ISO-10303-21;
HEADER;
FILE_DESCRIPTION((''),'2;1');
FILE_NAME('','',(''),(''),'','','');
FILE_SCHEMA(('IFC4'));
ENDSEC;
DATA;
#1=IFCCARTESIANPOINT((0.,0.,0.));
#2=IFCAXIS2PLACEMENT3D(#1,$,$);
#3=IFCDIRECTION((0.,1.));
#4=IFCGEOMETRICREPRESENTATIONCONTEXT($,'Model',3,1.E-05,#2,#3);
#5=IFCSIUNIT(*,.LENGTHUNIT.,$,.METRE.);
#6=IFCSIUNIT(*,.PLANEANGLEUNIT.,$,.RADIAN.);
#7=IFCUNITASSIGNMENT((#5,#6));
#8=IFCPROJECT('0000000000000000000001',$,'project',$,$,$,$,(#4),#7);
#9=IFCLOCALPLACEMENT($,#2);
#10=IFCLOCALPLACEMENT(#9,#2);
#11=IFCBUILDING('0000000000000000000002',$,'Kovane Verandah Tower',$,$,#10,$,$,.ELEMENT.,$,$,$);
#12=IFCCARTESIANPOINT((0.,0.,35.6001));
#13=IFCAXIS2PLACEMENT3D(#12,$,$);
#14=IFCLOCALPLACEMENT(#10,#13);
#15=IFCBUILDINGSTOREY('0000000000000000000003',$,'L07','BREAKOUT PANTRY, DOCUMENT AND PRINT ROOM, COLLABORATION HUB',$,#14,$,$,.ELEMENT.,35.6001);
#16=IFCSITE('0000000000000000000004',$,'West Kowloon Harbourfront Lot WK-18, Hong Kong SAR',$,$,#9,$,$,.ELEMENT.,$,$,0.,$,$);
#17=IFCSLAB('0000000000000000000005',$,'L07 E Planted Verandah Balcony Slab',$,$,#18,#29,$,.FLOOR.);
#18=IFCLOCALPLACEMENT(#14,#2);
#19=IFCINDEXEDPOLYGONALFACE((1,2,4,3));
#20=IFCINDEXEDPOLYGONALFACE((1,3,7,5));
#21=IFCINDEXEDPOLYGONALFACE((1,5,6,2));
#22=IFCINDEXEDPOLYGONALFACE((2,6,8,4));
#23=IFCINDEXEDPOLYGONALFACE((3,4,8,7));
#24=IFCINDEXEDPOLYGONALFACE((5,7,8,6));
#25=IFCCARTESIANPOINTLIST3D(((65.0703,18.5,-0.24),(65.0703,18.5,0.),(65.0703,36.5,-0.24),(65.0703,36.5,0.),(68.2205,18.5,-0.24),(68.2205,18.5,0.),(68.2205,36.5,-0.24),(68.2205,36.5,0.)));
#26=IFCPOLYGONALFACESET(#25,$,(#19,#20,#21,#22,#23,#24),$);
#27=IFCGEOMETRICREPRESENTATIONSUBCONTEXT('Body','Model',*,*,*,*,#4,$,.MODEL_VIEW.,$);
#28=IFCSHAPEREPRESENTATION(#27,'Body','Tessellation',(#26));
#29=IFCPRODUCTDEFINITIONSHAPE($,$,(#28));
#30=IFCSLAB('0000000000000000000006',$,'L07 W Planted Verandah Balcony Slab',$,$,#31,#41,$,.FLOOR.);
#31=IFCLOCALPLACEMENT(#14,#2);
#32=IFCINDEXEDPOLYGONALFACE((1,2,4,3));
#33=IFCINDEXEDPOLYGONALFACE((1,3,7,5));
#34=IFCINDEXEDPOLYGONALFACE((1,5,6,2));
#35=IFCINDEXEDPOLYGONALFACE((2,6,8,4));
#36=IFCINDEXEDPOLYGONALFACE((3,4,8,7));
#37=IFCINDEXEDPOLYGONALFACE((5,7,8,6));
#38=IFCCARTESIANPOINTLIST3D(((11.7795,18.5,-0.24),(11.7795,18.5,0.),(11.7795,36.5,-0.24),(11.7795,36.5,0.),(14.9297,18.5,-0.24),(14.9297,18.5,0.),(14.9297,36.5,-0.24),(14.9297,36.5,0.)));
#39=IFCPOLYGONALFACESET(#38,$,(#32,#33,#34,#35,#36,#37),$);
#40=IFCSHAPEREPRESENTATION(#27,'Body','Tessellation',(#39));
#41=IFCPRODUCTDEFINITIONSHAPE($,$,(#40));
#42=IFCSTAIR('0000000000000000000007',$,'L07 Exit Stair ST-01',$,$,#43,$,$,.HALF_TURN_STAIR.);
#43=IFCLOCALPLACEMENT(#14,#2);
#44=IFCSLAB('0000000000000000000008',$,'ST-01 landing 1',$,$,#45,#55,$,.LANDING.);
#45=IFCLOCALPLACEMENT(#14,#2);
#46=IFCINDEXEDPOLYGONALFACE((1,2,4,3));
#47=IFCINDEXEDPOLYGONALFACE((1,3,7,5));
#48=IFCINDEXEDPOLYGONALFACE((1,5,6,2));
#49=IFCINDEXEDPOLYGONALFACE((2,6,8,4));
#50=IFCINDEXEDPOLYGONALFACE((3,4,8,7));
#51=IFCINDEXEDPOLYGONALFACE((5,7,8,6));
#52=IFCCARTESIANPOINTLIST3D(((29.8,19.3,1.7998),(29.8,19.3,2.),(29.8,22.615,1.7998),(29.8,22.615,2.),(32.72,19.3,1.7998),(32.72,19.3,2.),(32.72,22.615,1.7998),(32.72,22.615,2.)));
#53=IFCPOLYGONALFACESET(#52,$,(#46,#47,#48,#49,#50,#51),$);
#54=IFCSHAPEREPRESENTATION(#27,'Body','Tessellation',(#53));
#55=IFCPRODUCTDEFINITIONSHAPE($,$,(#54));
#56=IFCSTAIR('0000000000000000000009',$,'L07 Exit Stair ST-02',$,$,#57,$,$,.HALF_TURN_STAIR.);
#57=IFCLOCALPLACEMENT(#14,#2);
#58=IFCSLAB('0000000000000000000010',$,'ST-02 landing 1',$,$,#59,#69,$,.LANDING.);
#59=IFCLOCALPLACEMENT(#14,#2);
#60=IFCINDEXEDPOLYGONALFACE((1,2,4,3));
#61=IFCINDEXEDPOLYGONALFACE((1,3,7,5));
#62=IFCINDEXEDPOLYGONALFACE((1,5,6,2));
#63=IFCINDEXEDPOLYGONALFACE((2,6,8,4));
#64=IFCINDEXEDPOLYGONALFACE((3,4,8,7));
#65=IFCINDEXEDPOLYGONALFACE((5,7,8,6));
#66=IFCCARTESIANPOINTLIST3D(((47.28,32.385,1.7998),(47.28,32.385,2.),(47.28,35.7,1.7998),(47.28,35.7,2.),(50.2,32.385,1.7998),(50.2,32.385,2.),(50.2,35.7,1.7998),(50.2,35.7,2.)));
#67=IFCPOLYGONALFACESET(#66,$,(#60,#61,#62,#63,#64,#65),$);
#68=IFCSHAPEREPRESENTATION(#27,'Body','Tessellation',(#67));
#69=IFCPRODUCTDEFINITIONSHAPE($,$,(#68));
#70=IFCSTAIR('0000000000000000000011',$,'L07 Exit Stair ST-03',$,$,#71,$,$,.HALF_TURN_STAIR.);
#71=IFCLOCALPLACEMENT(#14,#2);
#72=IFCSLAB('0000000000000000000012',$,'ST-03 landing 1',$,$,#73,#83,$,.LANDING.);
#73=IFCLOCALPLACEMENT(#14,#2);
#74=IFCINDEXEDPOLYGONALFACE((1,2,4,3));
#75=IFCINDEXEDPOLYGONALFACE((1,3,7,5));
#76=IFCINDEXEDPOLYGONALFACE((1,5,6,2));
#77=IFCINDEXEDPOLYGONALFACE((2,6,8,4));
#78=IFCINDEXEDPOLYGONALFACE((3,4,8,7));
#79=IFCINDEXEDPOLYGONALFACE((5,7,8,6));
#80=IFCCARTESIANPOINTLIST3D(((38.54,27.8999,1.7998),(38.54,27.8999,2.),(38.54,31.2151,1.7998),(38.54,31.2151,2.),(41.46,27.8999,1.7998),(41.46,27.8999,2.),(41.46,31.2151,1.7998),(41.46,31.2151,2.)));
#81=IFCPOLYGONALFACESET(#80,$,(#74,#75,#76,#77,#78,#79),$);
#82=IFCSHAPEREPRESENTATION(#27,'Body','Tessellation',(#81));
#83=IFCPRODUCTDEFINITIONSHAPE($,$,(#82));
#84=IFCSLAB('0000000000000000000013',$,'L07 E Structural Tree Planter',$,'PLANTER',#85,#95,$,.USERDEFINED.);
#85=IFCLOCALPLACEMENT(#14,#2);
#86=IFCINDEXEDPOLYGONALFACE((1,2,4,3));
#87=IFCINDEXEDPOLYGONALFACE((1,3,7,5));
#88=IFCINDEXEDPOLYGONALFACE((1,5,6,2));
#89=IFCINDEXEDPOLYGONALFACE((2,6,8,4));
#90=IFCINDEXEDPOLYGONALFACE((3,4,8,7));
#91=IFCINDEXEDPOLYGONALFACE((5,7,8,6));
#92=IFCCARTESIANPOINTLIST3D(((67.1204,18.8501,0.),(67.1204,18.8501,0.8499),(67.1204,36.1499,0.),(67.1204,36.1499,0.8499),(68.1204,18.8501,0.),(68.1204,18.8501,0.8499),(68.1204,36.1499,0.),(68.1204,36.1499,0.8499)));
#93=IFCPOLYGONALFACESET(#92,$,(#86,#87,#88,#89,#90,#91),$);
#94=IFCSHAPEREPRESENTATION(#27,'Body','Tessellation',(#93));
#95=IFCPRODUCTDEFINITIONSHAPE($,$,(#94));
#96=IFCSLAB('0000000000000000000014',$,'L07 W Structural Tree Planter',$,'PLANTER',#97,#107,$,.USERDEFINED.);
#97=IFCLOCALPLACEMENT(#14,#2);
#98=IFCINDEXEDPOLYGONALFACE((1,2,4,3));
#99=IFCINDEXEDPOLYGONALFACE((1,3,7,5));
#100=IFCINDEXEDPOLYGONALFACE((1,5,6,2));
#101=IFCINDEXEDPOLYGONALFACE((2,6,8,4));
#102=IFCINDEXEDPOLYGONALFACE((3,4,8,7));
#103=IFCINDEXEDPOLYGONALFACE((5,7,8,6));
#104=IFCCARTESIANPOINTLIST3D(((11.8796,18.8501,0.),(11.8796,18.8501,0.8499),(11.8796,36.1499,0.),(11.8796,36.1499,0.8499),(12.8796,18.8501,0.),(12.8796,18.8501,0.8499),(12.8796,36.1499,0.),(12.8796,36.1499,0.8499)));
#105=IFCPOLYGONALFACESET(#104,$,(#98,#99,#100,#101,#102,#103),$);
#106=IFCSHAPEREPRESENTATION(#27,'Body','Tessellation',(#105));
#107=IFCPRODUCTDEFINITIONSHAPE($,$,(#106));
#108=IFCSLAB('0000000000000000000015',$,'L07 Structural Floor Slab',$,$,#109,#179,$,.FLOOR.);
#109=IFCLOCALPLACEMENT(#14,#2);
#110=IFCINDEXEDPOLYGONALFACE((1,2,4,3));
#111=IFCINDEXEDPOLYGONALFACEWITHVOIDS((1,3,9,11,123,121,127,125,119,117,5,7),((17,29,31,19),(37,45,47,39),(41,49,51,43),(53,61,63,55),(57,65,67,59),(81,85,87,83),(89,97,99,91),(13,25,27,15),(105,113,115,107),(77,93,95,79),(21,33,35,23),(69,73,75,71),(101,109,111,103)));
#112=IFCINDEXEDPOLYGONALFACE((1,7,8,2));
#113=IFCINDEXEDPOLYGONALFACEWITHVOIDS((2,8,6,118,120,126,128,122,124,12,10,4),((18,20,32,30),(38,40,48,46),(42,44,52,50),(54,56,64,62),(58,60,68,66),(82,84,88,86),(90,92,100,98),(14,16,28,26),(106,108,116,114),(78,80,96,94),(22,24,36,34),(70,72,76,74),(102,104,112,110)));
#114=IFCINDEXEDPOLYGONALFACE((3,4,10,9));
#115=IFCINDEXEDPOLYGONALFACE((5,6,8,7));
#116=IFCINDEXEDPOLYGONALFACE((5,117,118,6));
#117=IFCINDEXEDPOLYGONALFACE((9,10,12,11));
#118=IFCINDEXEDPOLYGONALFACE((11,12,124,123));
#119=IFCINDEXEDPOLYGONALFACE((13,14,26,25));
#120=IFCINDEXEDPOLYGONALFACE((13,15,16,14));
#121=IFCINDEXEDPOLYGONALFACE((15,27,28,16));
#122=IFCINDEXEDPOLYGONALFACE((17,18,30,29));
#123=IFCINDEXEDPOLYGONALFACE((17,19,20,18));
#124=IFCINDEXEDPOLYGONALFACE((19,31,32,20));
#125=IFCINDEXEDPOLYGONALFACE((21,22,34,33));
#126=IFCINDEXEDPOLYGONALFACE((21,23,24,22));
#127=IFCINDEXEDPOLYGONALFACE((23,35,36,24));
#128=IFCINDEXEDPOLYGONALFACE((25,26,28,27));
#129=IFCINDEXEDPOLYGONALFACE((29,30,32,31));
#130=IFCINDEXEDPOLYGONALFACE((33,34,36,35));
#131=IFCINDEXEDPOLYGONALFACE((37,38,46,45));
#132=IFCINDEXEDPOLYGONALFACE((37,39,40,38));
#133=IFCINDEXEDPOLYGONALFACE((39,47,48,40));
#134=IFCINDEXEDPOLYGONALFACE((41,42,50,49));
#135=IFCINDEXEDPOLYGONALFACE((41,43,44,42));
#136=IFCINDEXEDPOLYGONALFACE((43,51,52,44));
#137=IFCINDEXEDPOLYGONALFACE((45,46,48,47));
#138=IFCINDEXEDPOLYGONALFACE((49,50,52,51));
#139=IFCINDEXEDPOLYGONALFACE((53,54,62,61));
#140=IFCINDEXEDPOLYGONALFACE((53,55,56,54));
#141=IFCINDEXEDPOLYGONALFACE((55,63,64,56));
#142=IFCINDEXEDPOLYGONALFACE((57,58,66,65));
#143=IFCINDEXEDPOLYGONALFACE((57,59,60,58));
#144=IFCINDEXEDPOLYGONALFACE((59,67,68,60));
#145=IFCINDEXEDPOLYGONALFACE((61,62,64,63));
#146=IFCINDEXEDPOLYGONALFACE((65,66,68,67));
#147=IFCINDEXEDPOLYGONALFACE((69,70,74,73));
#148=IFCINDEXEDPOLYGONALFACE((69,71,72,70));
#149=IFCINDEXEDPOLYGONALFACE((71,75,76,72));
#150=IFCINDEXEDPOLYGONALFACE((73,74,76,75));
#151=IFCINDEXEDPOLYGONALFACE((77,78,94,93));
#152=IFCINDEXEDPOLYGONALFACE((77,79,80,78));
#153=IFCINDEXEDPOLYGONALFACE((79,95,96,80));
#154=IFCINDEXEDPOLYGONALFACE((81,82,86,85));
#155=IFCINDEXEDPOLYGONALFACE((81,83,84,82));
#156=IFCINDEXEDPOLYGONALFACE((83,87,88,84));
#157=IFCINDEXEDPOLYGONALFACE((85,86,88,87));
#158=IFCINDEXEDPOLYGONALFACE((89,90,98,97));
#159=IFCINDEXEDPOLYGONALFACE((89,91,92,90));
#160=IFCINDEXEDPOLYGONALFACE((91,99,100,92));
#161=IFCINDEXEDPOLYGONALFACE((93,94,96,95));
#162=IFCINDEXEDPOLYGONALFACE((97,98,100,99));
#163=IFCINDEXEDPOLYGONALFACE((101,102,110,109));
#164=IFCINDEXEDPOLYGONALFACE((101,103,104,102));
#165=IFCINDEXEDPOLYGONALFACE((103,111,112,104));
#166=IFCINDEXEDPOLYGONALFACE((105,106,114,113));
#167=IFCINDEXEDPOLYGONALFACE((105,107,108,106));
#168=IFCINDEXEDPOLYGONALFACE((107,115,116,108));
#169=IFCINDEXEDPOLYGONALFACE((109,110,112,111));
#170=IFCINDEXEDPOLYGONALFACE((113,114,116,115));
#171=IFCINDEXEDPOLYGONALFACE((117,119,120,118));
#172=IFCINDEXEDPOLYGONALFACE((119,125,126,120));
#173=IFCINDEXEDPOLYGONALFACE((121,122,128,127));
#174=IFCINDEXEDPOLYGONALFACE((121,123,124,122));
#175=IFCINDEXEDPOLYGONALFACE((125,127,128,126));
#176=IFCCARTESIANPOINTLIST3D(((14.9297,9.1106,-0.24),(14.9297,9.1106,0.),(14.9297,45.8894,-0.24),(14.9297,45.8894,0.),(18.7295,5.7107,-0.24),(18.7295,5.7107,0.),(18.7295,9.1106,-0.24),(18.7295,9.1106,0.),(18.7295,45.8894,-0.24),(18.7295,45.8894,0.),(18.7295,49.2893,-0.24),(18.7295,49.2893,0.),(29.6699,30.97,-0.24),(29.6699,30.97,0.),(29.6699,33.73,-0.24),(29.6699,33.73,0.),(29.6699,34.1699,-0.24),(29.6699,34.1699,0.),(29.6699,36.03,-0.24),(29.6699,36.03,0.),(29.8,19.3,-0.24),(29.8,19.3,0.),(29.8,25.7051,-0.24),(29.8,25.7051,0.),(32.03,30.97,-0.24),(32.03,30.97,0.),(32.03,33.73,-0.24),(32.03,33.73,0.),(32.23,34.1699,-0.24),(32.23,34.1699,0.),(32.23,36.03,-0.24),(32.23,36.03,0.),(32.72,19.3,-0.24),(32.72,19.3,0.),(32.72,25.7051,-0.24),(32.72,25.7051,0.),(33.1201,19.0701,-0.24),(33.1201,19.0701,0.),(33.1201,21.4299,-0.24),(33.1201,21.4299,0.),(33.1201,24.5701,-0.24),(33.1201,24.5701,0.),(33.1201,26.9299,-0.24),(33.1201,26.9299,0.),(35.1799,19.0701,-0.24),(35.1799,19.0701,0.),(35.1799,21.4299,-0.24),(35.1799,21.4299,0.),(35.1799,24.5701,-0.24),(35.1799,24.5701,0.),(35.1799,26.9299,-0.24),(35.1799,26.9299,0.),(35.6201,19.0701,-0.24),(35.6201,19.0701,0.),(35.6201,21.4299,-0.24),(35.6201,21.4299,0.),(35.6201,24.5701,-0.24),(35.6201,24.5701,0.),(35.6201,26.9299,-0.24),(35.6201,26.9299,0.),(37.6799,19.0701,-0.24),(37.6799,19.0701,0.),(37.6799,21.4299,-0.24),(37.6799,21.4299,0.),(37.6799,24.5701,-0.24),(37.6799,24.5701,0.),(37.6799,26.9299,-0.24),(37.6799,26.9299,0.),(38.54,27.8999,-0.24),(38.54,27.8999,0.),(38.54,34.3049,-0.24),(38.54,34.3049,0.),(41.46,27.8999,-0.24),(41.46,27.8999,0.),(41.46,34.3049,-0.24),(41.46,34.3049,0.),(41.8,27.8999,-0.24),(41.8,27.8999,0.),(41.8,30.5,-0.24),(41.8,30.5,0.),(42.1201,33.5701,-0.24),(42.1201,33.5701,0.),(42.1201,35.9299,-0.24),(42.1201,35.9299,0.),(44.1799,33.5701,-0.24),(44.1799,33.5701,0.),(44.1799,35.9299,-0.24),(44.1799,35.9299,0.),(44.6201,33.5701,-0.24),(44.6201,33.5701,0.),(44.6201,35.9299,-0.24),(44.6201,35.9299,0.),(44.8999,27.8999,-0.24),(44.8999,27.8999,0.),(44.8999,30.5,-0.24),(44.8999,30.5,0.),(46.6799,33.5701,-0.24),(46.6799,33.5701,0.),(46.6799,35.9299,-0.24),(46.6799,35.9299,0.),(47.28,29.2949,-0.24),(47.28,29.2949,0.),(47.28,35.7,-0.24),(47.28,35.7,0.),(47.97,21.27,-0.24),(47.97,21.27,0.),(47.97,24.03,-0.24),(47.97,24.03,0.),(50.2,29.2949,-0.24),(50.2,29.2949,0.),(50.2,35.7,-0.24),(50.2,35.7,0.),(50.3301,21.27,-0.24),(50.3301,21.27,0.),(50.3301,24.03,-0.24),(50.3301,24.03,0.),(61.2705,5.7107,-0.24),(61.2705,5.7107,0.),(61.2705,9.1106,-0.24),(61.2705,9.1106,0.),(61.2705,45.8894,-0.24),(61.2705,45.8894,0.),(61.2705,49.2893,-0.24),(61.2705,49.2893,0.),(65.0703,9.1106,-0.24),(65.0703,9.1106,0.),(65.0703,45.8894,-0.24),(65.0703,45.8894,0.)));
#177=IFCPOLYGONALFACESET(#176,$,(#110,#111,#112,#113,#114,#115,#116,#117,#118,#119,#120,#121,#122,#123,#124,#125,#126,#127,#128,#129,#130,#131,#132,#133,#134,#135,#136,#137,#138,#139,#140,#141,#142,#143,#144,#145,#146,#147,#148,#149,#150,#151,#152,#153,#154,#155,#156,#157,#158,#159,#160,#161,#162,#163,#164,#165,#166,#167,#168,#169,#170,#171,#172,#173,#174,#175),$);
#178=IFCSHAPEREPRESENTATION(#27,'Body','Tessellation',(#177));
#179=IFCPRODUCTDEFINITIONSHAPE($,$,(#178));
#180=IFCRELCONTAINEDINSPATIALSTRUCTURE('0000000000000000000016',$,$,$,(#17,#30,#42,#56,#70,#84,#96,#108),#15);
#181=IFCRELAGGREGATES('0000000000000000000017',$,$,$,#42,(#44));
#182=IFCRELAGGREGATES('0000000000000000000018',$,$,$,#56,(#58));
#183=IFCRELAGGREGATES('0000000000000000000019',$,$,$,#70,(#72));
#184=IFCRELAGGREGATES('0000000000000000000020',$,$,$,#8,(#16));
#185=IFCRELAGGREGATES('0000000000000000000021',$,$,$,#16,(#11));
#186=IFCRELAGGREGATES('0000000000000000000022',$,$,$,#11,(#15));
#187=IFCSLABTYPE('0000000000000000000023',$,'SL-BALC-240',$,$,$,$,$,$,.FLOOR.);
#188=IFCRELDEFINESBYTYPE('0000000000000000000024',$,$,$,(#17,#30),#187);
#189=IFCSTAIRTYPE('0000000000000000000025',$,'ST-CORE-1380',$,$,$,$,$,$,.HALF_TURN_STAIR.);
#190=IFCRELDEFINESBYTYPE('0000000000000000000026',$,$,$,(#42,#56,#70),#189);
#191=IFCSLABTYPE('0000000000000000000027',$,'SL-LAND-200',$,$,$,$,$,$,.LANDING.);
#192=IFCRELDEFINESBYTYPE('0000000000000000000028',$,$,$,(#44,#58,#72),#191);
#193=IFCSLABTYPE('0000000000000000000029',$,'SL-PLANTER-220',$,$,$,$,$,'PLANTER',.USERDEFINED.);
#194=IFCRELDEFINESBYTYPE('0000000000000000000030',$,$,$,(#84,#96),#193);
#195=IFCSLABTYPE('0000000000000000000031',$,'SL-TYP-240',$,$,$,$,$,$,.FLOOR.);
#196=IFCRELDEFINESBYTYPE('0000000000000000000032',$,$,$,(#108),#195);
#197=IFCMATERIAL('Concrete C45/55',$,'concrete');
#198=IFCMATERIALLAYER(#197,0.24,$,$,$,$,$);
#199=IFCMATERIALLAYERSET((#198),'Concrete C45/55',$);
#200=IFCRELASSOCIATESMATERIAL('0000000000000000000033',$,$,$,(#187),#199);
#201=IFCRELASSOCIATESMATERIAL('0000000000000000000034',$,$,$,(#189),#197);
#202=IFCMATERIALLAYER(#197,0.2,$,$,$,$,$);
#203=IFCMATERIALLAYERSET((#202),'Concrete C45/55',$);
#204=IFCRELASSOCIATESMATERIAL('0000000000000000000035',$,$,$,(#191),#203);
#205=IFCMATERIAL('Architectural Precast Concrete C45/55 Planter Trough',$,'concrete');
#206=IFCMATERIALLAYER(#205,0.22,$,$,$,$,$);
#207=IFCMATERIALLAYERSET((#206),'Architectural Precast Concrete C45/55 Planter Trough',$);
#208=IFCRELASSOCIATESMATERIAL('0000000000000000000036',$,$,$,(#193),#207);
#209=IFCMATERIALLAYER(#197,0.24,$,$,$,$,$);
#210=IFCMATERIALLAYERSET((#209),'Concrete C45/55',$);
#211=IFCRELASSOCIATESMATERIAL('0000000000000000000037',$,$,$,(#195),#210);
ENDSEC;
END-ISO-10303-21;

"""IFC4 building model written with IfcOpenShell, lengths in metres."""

from ifc_helpers import new_model, si_unit, direction, frame, origin, place, context, subcontext, project, spatial, polyline, outline, extrude, material, layer, layer_set, type_object, element, aggregate, save


model = new_model("IFC4")

# Units and contexts
model_context = context("Model", 3, precision=1e-05, world=origin(), true_north=direction((0.0, 1.0)))
body_context = subcontext(model_context, "Body", "Model", "MODEL_VIEW")
ifc_project = project(units=[si_unit("LENGTHUNIT", "METRE"), si_unit("PLANEANGLEUNIT", "RADIAN")], contexts=[model_context])

# Site, building, storey
site_placement = place(None, origin())
site = spatial("IfcSite", under=ifc_project, at=site_placement, Name="West Kowloon Harbourfront Lot WK-18, Hong Kong SAR", CompositionType="ELEMENT", RefElevation=0.0)
building_placement = place(site_placement, origin())
building = spatial("IfcBuilding", under=site, at=building_placement, Name="Kovane Verandah Tower", CompositionType="ELEMENT")
storey_placement = place(building_placement, frame((0.0, 0.0, 35.6001)))
storey = spatial("IfcBuildingStorey", under=building, at=storey_placement, Name="L07", Description="BREAKOUT PANTRY, DOCUMENT AND PRINT ROOM, COLLABORATION HUB", CompositionType="ELEMENT", Elevation=35.6001)

# Slabs
ifc_material_1 = material(Name="Concrete C45/55", Category="concrete")
ifc_layer_1 = layer(ifc_material_1, 0.24)
ifc_layer_set_1 = layer_set([ifc_layer_1], Name="Concrete C45/55")
slab_type_1 = type_object("IfcSlabType", Name="SL-BALC-240", PredefinedType="FLOOR", material=ifc_layer_set_1)
slab_1_placement = place(storey_placement, frame((0.0, 0.0, -0.24)))
element("IfcSlab", 1, at=slab_1_placement, inside=storey, type_object=slab_type_1, Name="L07 E Planted Verandah Balcony Slab", PredefinedType="FLOOR", context=body_context, shape_type="SweptSolid", body=[
    extrude(outline(polyline([(65.0703, 18.5), (68.2205, 18.5), (68.2205, 36.5), (65.0703, 36.5), (65.0703, 18.5)])), origin(), (0.0, 0.0, 1.0), 0.24),
])
slab_2_placement = place(storey_placement, frame((0.0, 0.0, -0.24)))
element("IfcSlab", 2, at=slab_2_placement, inside=storey, type_object=slab_type_1, Name="L07 W Planted Verandah Balcony Slab", PredefinedType="FLOOR", context=body_context, shape_type="SweptSolid", body=[
    extrude(outline(polyline([(11.7795, 18.5), (14.9297, 18.5), (14.9297, 36.5), (11.7795, 36.5), (11.7795, 18.5)])), origin(), (0.0, 0.0, 1.0), 0.24),
])

# Stairs, slabs
stair_type = type_object("IfcStairType", Name="ST-CORE-1380", PredefinedType="HALF_TURN_STAIR", material=ifc_material_1)
stair_1_placement = place(storey_placement, origin())
stair_1 = element("IfcStair", 3, at=stair_1_placement, inside=storey, type_object=stair_type, Name="L07 Exit Stair ST-01", PredefinedType="HALF_TURN_STAIR")
ifc_layer_2 = layer(ifc_material_1, 0.2)
ifc_layer_set_2 = layer_set([ifc_layer_2], Name="Concrete C45/55")
slab_type_2 = type_object("IfcSlabType", Name="SL-LAND-200", PredefinedType="LANDING", material=ifc_layer_set_2)
slab_3_placement = place(storey_placement, frame((0.0, 0.0, 1.7998)))
slab_3 = element("IfcSlab", 4, at=slab_3_placement, type_object=slab_type_2, Name="ST-01 landing 1", PredefinedType="LANDING", context=body_context, shape_type="SweptSolid", body=[
    extrude(outline(polyline([(29.8, 22.615), (29.8, 19.3), (32.72, 19.3), (32.72, 22.615), (29.8, 22.615)])), origin(), (0.0, 0.0, 1.0), 0.2002),
])
aggregate(stair_1, [slab_3])
stair_2_placement = place(storey_placement, origin())
stair_2 = element("IfcStair", 5, at=stair_2_placement, inside=storey, type_object=stair_type, Name="L07 Exit Stair ST-02", PredefinedType="HALF_TURN_STAIR")
slab_4_placement = place(storey_placement, frame((0.0, 0.0, 1.7998)))
slab_4 = element("IfcSlab", 6, at=slab_4_placement, type_object=slab_type_2, Name="ST-02 landing 1", PredefinedType="LANDING", context=body_context, shape_type="SweptSolid", body=[
    extrude(outline(polyline([(50.2, 32.385), (50.2, 35.7), (47.28, 35.7), (47.28, 32.385), (50.2, 32.385)])), origin(), (0.0, 0.0, 1.0), 0.2002),
])
aggregate(stair_2, [slab_4])
stair_3_placement = place(storey_placement, origin())
stair_3 = element("IfcStair", 7, at=stair_3_placement, inside=storey, type_object=stair_type, Name="L07 Exit Stair ST-03", PredefinedType="HALF_TURN_STAIR")
slab_5_placement = place(storey_placement, frame((0.0, 0.0, 1.7998)))
slab_5 = element("IfcSlab", 8, at=slab_5_placement, type_object=slab_type_2, Name="ST-03 landing 1", PredefinedType="LANDING", context=body_context, shape_type="SweptSolid", body=[
    extrude(outline(polyline([(38.54, 31.2151), (38.54, 27.8999), (41.46, 27.8999), (41.46, 31.2151), (38.54, 31.2151)])), origin(), (0.0, 0.0, 1.0), 0.2002),
])
aggregate(stair_3, [slab_5])

# Slabs
ifc_material_2 = material(Name="Architectural Precast Concrete C45/55 Planter Trough", Category="concrete")
ifc_layer_3 = layer(ifc_material_2, 0.22)
ifc_layer_set_3 = layer_set([ifc_layer_3], Name="Architectural Precast Concrete C45/55 Planter Trough")
slab_type_3 = type_object("IfcSlabType", Name="SL-PLANTER-220", ElementType="PLANTER", PredefinedType="USERDEFINED", material=ifc_layer_set_3)
slab_6_placement = place(storey_placement, origin())
element("IfcSlab", 9, at=slab_6_placement, inside=storey, type_object=slab_type_3, Name="L07 E Structural Tree Planter", ObjectType="PLANTER", PredefinedType="USERDEFINED", context=body_context, shape_type="SweptSolid", body=[
    extrude(outline(polyline([(67.1204, 18.8501), (68.1204, 18.8501), (68.1204, 36.1499), (67.1204, 36.1499), (67.1204, 18.8501)])), origin(), (0.0, 0.0, 1.0), 0.8499),
])
slab_7_placement = place(storey_placement, origin())
element("IfcSlab", 10, at=slab_7_placement, inside=storey, type_object=slab_type_3, Name="L07 W Structural Tree Planter", ObjectType="PLANTER", PredefinedType="USERDEFINED", context=body_context, shape_type="SweptSolid", body=[
    extrude(outline(polyline([(11.8796, 18.8501), (12.8796, 18.8501), (12.8796, 36.1499), (11.8796, 36.1499), (11.8796, 18.8501)])), origin(), (0.0, 0.0, 1.0), 0.8499),
])
ifc_layer_4 = layer(ifc_material_1, 0.24)
ifc_layer_set_4 = layer_set([ifc_layer_4], Name="Concrete C45/55")
slab_type_4 = type_object("IfcSlabType", Name="SL-TYP-240", PredefinedType="FLOOR", material=ifc_layer_set_4)
slab_8_placement = place(storey_placement, frame((0.0, 0.0, -0.24)))
element("IfcSlab", 11, at=slab_8_placement, inside=storey, type_object=slab_type_4, Name="L07 Structural Floor Slab", PredefinedType="FLOOR", context=body_context, shape_type="SweptSolid", body=[
    extrude(outline(polyline([(18.7295, 5.7107), (61.2705, 5.7107), (61.2705, 9.1106), (65.0703, 9.1106), (65.0703, 45.8894), (61.2705, 45.8894), (61.2705, 49.2893), (18.7295, 49.2893), (18.7295, 45.8894), (14.9297, 45.8894), (14.9297, 9.1106), (18.7295, 9.1106), (18.7295, 5.7107)]), holes=[polyline([(29.8, 19.3), (32.72, 19.3), (32.72, 25.7051), (29.8, 25.7051), (29.8, 19.3)]), polyline([(47.28, 29.2949), (50.2, 29.2949), (50.2, 35.7), (47.28, 35.7), (47.28, 29.2949)]), polyline([(38.54, 27.8999), (41.46, 27.8999), (41.46, 34.3049), (38.54, 34.3049), (38.54, 27.8999)]), polyline([(29.6699, 30.97), (32.03, 30.97), (32.03, 33.73), (29.6699, 33.73), (29.6699, 30.97)]), polyline([(47.97, 21.27), (50.3301, 21.27), (50.3301, 24.03), (47.97, 24.03), (47.97, 21.27)]), polyline([(29.6699, 34.1699), (32.23, 34.1699), (32.23, 36.03), (29.6699, 36.03), (29.6699, 34.1699)]), polyline([(33.1201, 19.0701), (35.1799, 19.0701), (35.1799, 21.4299), (33.1201, 21.4299), (33.1201, 19.0701)]), polyline([(35.6201, 19.0701), (37.6799, 19.0701), (37.6799, 21.4299), (35.6201, 21.4299), (35.6201, 19.0701)]), polyline([(33.1201, 24.5701), (35.1799, 24.5701), (35.1799, 26.9299), (33.1201, 26.9299), (33.1201, 24.5701)]), polyline([(35.6201, 24.5701), (37.6799, 24.5701), (37.6799, 26.9299), (35.6201, 26.9299), (35.6201, 24.5701)]), polyline([(42.1201, 33.5701), (44.1799, 33.5701), (44.1799, 35.9299), (42.1201, 35.9299), (42.1201, 33.5701)]), polyline([(44.6201, 33.5701), (46.6799, 33.5701), (46.6799, 35.9299), (44.6201, 35.9299), (44.6201, 33.5701)]), polyline([(41.8, 27.8999), (44.8999, 27.8999), (44.8999, 30.5), (41.8, 30.5), (41.8, 27.8999)])]), origin(), (0.0, 0.0, 1.0), 0.24),
])

save(model, "model.ifc")
